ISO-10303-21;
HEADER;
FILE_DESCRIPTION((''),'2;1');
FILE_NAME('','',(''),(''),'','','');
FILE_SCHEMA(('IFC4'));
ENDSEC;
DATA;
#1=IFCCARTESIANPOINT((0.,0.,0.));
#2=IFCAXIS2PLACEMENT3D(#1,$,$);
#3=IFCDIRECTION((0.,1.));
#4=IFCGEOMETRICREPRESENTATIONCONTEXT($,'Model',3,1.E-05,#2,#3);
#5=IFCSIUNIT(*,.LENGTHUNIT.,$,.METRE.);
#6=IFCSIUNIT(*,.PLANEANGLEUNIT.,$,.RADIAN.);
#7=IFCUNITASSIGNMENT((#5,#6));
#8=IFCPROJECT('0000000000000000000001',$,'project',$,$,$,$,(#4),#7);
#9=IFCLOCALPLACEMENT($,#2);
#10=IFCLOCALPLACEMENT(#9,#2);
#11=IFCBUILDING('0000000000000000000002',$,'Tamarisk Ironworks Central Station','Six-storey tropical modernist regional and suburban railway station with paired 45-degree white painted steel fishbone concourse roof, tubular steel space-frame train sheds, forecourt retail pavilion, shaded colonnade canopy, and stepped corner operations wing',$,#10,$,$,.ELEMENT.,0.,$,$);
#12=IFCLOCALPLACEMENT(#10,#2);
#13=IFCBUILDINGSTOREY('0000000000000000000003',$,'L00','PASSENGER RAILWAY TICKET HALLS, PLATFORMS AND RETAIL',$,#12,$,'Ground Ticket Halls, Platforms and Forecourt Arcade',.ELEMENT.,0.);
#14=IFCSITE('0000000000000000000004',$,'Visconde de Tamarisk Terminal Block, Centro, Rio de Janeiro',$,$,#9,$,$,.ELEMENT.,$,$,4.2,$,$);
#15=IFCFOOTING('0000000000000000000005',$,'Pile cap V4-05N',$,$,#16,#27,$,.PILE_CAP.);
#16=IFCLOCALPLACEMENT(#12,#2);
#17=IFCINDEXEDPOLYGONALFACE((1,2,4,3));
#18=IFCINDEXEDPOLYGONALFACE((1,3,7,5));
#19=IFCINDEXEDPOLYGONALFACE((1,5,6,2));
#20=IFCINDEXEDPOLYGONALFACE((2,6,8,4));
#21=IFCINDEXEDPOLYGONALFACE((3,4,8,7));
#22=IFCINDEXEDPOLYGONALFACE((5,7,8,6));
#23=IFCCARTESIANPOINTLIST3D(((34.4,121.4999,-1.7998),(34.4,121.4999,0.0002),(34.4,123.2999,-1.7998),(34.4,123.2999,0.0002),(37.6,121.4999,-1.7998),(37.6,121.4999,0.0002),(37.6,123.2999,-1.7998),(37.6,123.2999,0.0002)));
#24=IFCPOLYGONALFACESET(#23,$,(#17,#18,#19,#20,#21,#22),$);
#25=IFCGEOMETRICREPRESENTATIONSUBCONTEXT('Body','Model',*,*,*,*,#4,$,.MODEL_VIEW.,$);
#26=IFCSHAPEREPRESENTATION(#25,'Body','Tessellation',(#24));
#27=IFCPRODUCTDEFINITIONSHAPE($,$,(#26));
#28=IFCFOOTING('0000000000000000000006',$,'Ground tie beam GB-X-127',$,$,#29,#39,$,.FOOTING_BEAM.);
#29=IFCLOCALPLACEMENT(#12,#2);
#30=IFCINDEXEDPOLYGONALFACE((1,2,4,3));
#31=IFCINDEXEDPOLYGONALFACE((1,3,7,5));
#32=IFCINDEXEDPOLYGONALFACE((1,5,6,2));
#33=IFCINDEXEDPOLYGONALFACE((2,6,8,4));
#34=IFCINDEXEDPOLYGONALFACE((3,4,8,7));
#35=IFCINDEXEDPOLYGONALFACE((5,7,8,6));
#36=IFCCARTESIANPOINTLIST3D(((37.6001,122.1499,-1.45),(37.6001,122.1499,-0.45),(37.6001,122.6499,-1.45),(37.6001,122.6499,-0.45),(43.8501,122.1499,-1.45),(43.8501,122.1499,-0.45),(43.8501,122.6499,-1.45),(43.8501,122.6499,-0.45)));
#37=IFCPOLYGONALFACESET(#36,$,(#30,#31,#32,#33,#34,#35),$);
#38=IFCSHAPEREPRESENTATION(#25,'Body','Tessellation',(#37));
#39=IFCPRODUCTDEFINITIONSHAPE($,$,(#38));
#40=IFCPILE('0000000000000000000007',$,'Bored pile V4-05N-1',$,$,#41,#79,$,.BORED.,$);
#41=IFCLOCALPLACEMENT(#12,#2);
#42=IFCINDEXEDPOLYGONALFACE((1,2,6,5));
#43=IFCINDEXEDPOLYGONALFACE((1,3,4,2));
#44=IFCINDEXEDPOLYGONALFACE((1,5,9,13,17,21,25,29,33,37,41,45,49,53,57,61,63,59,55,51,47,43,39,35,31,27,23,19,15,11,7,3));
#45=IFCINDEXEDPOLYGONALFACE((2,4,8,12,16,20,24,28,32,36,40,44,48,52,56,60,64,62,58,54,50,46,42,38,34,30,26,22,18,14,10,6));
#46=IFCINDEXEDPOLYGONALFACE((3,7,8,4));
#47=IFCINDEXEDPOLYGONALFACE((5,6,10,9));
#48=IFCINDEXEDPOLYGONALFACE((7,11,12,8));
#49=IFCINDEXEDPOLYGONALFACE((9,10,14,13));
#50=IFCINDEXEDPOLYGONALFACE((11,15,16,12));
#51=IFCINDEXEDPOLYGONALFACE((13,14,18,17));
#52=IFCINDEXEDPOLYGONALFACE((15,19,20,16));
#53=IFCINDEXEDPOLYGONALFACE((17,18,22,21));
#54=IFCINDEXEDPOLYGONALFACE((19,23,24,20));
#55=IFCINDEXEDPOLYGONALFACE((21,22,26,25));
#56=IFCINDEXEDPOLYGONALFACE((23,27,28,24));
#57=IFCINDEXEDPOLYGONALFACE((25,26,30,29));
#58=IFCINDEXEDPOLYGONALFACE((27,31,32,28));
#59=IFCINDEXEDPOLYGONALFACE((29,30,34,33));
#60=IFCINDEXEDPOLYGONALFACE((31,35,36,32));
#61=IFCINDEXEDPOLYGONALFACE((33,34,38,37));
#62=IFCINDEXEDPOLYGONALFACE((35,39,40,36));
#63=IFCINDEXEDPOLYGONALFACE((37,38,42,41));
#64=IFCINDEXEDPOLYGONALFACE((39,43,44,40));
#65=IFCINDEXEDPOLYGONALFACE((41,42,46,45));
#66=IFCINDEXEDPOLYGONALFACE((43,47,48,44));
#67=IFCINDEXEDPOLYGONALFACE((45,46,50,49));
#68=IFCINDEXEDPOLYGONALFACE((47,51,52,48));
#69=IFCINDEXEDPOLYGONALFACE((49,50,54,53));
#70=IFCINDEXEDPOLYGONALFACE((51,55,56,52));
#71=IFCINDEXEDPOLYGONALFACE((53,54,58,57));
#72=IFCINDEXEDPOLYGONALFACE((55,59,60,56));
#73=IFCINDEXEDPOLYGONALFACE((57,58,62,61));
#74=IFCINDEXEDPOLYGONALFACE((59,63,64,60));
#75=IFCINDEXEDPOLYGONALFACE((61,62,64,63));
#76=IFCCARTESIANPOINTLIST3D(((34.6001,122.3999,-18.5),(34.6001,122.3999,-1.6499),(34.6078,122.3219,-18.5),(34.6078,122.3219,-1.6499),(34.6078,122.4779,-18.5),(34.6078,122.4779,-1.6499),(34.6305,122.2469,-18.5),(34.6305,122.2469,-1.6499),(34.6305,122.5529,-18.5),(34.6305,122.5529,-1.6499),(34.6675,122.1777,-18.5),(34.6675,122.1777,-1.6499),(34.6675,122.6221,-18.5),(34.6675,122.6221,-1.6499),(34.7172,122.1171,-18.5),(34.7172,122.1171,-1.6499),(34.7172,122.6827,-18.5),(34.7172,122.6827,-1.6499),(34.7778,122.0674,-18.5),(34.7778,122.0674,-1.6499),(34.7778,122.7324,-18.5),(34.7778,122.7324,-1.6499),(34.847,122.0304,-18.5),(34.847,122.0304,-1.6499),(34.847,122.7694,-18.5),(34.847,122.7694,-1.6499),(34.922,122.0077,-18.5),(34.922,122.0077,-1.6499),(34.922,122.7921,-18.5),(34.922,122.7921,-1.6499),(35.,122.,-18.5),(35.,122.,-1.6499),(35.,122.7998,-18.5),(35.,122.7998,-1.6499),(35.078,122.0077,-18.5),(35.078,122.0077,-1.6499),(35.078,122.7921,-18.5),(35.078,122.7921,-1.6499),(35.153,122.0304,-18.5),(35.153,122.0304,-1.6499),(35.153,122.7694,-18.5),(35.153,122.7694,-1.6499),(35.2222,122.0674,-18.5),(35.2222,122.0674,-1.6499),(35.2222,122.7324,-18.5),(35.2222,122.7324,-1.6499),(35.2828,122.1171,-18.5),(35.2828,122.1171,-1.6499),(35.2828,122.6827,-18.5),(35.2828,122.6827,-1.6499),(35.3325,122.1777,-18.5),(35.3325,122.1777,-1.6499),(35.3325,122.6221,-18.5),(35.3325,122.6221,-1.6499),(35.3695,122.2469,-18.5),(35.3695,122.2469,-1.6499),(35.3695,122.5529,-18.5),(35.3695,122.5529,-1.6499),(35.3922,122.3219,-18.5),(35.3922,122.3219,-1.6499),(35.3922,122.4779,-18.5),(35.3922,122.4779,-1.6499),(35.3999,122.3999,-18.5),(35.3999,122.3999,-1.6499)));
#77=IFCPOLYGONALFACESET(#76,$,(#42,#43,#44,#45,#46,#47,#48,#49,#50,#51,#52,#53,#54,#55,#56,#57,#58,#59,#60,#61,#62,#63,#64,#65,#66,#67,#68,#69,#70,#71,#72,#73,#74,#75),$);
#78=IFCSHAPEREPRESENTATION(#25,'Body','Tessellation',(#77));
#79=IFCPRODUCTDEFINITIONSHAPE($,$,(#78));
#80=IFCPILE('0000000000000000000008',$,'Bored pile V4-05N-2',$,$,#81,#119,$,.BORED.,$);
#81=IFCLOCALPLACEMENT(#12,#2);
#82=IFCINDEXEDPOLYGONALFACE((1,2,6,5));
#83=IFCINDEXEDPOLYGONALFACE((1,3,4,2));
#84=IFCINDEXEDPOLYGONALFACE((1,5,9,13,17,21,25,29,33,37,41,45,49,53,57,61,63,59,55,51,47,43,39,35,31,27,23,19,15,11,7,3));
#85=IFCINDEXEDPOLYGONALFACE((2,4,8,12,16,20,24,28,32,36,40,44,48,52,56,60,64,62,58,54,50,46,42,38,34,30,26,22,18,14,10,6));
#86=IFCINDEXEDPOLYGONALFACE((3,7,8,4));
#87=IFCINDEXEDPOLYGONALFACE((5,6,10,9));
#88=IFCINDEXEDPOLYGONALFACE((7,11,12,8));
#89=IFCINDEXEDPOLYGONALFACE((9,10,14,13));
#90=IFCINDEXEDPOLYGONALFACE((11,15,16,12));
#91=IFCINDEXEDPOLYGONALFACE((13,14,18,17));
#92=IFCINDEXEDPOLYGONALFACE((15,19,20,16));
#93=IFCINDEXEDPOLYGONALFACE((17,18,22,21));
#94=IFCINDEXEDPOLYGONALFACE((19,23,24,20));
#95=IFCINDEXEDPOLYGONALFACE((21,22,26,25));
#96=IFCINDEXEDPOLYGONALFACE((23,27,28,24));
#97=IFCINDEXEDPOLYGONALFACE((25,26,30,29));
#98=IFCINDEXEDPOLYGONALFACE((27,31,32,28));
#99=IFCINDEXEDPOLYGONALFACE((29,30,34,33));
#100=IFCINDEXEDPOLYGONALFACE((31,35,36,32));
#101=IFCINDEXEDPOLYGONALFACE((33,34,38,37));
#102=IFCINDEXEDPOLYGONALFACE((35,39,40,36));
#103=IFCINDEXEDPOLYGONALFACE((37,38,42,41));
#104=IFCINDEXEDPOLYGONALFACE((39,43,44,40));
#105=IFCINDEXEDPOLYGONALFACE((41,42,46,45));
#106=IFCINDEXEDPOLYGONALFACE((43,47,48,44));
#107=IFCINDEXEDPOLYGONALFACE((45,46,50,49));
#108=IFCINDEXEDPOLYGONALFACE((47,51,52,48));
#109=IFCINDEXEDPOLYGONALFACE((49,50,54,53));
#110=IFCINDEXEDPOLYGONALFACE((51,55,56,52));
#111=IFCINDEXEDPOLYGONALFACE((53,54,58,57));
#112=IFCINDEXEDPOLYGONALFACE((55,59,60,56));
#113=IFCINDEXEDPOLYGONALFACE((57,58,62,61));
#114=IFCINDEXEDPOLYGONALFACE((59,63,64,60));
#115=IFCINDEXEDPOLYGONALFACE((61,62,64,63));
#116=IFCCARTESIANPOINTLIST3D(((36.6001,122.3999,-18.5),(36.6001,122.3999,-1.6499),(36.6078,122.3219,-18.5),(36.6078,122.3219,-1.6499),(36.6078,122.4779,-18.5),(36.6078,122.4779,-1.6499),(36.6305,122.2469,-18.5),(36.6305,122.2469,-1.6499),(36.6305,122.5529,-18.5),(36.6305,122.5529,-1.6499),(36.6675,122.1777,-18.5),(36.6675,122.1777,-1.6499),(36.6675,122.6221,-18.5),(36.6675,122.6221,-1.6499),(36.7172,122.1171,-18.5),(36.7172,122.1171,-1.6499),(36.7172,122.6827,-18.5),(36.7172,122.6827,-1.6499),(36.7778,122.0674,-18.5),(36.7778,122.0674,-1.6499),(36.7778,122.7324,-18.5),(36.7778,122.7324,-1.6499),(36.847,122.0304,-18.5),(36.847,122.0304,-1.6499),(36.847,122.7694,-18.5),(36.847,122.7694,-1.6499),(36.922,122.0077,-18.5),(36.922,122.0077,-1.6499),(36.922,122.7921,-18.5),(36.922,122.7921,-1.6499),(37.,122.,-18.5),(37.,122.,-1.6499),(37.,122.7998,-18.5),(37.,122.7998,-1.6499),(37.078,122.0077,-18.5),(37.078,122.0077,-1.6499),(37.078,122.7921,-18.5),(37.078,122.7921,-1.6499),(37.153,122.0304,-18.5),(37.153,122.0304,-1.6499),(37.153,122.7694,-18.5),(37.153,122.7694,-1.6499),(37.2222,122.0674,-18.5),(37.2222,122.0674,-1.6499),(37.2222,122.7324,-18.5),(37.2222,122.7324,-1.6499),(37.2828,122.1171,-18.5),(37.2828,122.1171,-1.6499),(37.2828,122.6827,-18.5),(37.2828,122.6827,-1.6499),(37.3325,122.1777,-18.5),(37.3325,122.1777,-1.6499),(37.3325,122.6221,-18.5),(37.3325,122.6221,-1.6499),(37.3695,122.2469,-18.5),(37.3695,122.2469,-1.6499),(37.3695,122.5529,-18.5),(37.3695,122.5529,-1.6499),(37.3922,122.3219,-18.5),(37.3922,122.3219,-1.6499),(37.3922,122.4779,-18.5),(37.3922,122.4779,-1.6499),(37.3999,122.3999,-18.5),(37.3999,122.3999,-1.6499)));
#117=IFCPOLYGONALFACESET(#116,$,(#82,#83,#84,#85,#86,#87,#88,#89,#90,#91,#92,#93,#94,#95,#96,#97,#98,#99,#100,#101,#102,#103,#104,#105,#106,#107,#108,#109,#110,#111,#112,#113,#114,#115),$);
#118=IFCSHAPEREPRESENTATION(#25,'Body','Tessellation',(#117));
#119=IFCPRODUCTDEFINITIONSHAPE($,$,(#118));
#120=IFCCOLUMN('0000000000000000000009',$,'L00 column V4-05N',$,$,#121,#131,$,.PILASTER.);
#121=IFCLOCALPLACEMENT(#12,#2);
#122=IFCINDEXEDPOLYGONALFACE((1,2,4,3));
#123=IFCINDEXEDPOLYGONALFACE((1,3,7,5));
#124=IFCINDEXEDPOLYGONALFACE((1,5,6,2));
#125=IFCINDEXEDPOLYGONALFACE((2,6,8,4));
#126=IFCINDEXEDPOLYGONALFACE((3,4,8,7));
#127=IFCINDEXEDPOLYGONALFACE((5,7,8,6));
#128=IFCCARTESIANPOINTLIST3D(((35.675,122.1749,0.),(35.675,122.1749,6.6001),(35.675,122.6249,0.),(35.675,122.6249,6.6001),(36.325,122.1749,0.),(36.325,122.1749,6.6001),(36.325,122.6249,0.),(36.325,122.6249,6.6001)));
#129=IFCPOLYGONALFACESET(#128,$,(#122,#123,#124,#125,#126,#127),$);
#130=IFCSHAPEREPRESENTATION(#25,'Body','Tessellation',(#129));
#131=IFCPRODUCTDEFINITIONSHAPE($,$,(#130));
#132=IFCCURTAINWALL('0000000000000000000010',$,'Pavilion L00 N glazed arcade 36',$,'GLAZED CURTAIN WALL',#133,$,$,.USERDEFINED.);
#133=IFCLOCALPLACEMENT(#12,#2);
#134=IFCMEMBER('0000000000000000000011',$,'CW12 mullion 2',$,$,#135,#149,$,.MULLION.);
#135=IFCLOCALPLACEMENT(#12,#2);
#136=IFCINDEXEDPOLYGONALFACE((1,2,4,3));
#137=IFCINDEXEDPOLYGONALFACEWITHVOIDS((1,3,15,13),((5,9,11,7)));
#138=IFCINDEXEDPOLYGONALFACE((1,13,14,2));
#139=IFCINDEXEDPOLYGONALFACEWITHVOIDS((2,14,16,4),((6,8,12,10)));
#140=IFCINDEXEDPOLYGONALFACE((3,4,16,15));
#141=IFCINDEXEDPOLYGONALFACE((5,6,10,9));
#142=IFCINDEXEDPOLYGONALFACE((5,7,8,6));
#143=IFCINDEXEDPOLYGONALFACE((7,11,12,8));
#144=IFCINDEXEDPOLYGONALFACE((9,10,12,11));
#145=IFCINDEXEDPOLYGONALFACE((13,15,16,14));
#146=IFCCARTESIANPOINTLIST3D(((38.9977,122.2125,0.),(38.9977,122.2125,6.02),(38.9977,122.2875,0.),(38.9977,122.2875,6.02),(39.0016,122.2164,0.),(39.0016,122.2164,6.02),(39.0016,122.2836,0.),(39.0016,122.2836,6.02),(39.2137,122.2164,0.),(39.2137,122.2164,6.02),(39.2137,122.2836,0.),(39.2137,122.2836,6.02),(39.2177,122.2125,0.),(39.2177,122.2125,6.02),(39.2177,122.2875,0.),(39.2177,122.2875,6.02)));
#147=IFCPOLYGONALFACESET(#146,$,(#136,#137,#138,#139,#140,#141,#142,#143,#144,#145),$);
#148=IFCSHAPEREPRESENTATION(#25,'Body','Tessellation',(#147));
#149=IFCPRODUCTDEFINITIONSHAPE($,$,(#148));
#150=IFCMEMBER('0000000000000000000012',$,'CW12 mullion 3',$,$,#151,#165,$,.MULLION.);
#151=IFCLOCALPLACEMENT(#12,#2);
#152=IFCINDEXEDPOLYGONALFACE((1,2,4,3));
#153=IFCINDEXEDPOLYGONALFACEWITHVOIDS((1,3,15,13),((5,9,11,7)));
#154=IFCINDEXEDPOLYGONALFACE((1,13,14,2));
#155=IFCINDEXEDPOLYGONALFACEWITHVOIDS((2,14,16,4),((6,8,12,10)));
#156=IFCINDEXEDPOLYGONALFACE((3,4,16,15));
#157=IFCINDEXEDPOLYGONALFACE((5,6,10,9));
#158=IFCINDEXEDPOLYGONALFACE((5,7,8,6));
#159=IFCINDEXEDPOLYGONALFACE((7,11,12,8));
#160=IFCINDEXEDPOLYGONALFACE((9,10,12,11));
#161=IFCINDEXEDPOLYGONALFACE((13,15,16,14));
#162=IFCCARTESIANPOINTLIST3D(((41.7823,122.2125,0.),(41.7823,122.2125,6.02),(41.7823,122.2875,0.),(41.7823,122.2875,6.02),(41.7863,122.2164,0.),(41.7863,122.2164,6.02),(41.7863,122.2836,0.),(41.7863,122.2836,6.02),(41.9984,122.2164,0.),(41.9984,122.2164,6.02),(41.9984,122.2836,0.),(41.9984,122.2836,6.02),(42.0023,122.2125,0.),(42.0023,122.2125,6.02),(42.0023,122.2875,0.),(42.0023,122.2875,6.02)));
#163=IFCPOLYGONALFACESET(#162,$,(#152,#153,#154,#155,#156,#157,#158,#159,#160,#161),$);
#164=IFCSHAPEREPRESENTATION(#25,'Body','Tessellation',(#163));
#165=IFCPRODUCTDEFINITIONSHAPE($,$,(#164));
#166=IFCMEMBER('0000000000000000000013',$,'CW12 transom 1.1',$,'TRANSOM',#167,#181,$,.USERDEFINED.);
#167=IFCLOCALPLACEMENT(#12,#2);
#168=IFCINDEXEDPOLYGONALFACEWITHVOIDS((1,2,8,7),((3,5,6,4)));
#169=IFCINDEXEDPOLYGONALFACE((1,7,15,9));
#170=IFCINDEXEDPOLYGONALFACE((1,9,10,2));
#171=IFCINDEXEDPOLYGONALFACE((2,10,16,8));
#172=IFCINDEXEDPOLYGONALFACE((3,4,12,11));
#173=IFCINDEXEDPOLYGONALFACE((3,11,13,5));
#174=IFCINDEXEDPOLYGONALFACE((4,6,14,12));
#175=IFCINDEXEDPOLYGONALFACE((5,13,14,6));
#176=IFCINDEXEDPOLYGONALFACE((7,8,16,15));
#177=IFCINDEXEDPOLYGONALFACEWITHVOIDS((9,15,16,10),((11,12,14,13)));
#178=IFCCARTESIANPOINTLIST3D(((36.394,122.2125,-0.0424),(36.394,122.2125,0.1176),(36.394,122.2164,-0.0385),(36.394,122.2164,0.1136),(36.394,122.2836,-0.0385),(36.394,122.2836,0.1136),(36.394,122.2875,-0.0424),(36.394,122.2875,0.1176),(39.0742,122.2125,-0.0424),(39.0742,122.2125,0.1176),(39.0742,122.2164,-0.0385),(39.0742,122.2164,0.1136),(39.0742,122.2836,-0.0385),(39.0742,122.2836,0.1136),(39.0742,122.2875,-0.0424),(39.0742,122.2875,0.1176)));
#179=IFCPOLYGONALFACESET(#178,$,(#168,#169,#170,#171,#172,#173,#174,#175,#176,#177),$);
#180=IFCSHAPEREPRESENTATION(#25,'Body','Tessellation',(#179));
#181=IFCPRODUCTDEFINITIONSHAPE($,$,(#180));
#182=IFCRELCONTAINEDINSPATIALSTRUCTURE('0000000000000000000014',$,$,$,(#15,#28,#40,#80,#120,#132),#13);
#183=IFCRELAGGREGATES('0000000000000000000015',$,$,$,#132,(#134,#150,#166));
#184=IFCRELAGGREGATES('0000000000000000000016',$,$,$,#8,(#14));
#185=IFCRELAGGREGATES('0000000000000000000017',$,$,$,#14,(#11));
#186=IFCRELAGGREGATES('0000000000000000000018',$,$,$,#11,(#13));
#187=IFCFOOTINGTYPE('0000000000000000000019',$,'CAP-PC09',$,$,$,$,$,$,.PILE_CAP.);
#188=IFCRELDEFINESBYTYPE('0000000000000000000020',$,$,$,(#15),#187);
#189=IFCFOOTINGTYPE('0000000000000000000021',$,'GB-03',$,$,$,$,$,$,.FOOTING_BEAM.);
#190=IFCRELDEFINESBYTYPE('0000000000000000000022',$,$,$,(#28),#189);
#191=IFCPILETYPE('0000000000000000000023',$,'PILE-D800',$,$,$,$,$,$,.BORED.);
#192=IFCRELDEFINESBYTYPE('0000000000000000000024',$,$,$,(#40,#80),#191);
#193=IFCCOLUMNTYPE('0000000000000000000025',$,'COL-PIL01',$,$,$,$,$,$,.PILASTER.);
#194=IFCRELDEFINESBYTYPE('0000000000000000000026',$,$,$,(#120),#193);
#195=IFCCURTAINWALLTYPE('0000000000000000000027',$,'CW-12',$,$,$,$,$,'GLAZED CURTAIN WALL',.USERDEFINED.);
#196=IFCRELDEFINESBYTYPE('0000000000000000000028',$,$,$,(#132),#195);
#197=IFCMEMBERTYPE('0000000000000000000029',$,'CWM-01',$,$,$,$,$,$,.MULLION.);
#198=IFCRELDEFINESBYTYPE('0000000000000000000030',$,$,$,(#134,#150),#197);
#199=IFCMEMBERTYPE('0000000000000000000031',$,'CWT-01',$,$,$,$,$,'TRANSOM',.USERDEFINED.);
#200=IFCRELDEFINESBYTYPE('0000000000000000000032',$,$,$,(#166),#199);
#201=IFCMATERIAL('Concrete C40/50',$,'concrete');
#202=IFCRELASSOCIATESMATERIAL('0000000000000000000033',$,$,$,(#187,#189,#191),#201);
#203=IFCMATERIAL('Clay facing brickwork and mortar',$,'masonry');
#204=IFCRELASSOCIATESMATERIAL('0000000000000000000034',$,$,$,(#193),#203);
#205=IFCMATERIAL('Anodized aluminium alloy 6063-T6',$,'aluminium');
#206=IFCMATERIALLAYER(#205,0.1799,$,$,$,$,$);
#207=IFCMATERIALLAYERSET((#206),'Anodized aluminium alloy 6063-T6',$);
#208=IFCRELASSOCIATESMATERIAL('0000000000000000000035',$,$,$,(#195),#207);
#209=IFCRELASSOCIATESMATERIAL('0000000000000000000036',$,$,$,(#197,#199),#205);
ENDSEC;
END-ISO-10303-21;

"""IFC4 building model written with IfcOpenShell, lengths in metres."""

from ifc_helpers import new_model, si_unit, direction, frame, origin, origin_2d, place, context, subcontext, project, spatial, rectangle, hollow_rectangle, circle, extrude, material, layer, layer_set, material_profile, profile_set, type_object, element, aggregate, save


model = new_model("IFC4")

# Units and contexts
model_context = context("Model", 3, precision=1e-05, world=origin(), true_north=direction((0.0, 1.0)))
body_context = subcontext(model_context, "Body", "Model", "MODEL_VIEW")
ifc_project = project(units=[si_unit("LENGTHUNIT", "METRE"), si_unit("PLANEANGLEUNIT", "RADIAN")], contexts=[model_context])

# Site, building, storey
site_placement = place(None, origin())
site = spatial("IfcSite", under=ifc_project, at=site_placement, Name="Visconde de Tamarisk Terminal Block, Centro, Rio de Janeiro", CompositionType="ELEMENT", RefElevation=4.2)
building_placement = place(site_placement, origin())
building = spatial("IfcBuilding", under=site, at=building_placement, Name="Tamarisk Ironworks Central Station", Description="Six-storey tropical modernist regional and suburban railway station with paired 45-degree white painted steel fishbone concourse roof, tubular steel space-frame train sheds, forecourt retail pavilion, shaded colonnade canopy, and stepped corner operations wing", CompositionType="ELEMENT", ElevationOfRefHeight=0.0)
storey_placement = place(building_placement, origin())
storey = spatial("IfcBuildingStorey", under=building, at=storey_placement, Name="L00", Description="PASSENGER RAILWAY TICKET HALLS, PLATFORMS AND RETAIL", LongName="Ground Ticket Halls, Platforms and Forecourt Arcade", CompositionType="ELEMENT", Elevation=0.0)

# Footings
ifc_material_1 = material(Name="Concrete C40/50", Category="concrete")
footing_type_1 = type_object("IfcFootingType", Name="CAP-PC09", PredefinedType="PILE_CAP", material=ifc_material_1)
footing_1_placement = place(storey_placement, frame((36.0, 122.3999, -1.7998), z_axis=(0.0, 0.0, 1.0), x_axis=(1.0, 0.0, 0.0)))
element("IfcFooting", 1, at=footing_1_placement, inside=storey, type_object=footing_type_1, Name="Pile cap V4-05N", PredefinedType="PILE_CAP", context=body_context, shape_type="SweptSolid", body=[
    extrude(rectangle(XDim=3.2, YDim=1.8, at=origin_2d()), origin(), (0.0, 0.0, 1.0), 1.8),
])
ifc_material_profile_1 = material_profile(ifc_material_1, rectangle(XDim=0.5, YDim=1.0, at=origin_2d()), Name="GB03 500x1000")
ifc_profile_set_1 = profile_set([ifc_material_profile_1], Name="Concrete C40/50")
footing_type_2 = type_object("IfcFootingType", Name="GB-03", PredefinedType="FOOTING_BEAM", material=ifc_profile_set_1)
footing_2_placement = place(storey_placement, frame((37.6001, 122.3999, -0.95), z_axis=(1.0, 0.0, 0.0), x_axis=(0.0, 1.0, 0.0)))
element("IfcFooting", 2, at=footing_2_placement, inside=storey, type_object=footing_type_2, Name="Ground tie beam GB-X-127", PredefinedType="FOOTING_BEAM", context=body_context, shape_type="SweptSolid", body=[
    extrude(rectangle(XDim=0.5, YDim=1.0, at=origin_2d()), origin(), (0.0, 0.0, 1.0), 6.25),
])

# Piles
ifc_material_profile_2 = material_profile(ifc_material_1, circle(Radius=0.3999, at=origin_2d()), Name="BORED PILE D800")
ifc_profile_set_2 = profile_set([ifc_material_profile_2], Name="Concrete C40/50")
pile_type = type_object("IfcPileType", Name="PILE-D800", PredefinedType="BORED", material=ifc_profile_set_2)
for number, where, z_axis, x_axis, name in (
    (3, (35.0, 122.3999, -1.6499), (0.0, 0.0, -1.0), (1.0, 0.0, 0.0), "Bored pile V4-05N-1"),
    (4, (37.0, 122.3999, -1.6499), (0.0, 0.0, -1.0), (1.0, 0.0, 0.0), "Bored pile V4-05N-2"),
):
    element("IfcPile", number, at=place(storey_placement, frame(where, z_axis=z_axis, x_axis=x_axis)), inside=storey, type_object=pile_type, Name=name, PredefinedType="BORED", context=body_context, shape_type="SweptSolid", body=[
        extrude(circle(Radius=0.3999, at=origin_2d()), origin(), (0.0, 0.0, 1.0), 16.8501),
    ])

# Column
ifc_material_2 = material(Name="Clay facing brickwork and mortar", Category="masonry")
ifc_material_profile_3 = material_profile(ifc_material_2, rectangle(XDim=0.6499, YDim=0.45, at=origin_2d()), Name="PIL 650x450")
ifc_profile_set_3 = profile_set([ifc_material_profile_3], Name="Clay facing brickwork and mortar")
column_type = type_object("IfcColumnType", Name="COL-PIL01", PredefinedType="PILASTER", material=ifc_profile_set_3)
column_placement = place(storey_placement, frame((36.0, 122.3999, 0.0), z_axis=(0.0, 0.0, 1.0), x_axis=(1.0, 0.0, 0.0)))
element("IfcColumn", 5, at=column_placement, inside=storey, type_object=column_type, Name="L00 column V4-05N", PredefinedType="PILASTER", context=body_context, shape_type="SweptSolid", body=[
    extrude(rectangle(XDim=0.6499, YDim=0.45, at=origin_2d()), origin(), (0.0, 0.0, 1.0), 6.6001),
])

# Curtain wall, members
ifc_material_3 = material(Name="Anodized aluminium alloy 6063-T6", Category="aluminium")
ifc_layer_1 = layer(ifc_material_3, 0.1799)
ifc_layer_set_1 = layer_set([ifc_layer_1], Name="Anodized aluminium alloy 6063-T6")
curtain_wall_type = type_object("IfcCurtainWallType", Name="CW-12", ElementType="GLAZED CURTAIN WALL", PredefinedType="USERDEFINED", material=ifc_layer_set_1)
curtain_wall_placement = place(storey_placement, origin())
curtain_wall = element("IfcCurtainWall", 6, at=curtain_wall_placement, inside=storey, type_object=curtain_wall_type, Name="Pavilion L00 N glazed arcade 36", ObjectType="GLAZED CURTAIN WALL", PredefinedType="USERDEFINED")
ifc_material_profile_4 = material_profile(ifc_material_3, hollow_rectangle(XDim=0.075, YDim=0.22, WallThickness=0.0039, at=origin_2d()), Name="ALUM 220x75")
ifc_profile_set_4 = profile_set([ifc_material_profile_4], Name="Anodized aluminium alloy 6063-T6")
member_type_1 = type_object("IfcMemberType", Name="CWM-01", PredefinedType="MULLION", material=ifc_profile_set_4)
member_1_placement = place(storey_placement, frame((39.1077, 122.25, 0.0), z_axis=(0.0, 0.0, 1.0), x_axis=(0.0, 1.0, 0.0)))
member_1 = element("IfcMember", 7, at=member_1_placement, type_object=member_type_1, Name="CW12 mullion 2", PredefinedType="MULLION", context=body_context, shape_type="SweptSolid", body=[
    extrude(hollow_rectangle(XDim=0.075, YDim=0.22, WallThickness=0.0039, at=origin_2d()), origin(), (0.0, 0.0, 1.0), 6.02),
])
member_2_placement = place(storey_placement, frame((41.8923, 122.25, 0.0), z_axis=(0.0, 0.0, 1.0), x_axis=(0.0, 1.0, 0.0)))
member_2 = element("IfcMember", 8, at=member_2_placement, type_object=member_type_1, Name="CW12 mullion 3", PredefinedType="MULLION", context=body_context, shape_type="SweptSolid", body=[
    extrude(hollow_rectangle(XDim=0.075, YDim=0.22, WallThickness=0.0039, at=origin_2d()), origin(), (0.0, 0.0, 1.0), 6.02),
])
ifc_material_profile_5 = material_profile(ifc_material_3, hollow_rectangle(XDim=0.075, YDim=0.1599, WallThickness=0.0039, at=origin_2d()), Name="ALUM 160x75")
ifc_profile_set_5 = profile_set([ifc_material_profile_5], Name="Anodized aluminium alloy 6063-T6")
member_type_2 = type_object("IfcMemberType", Name="CWT-01", ElementType="TRANSOM", PredefinedType="USERDEFINED", material=ifc_profile_set_5)
member_3_placement = place(storey_placement, frame((36.394, 122.25, 0.0376), z_axis=(1.0, 0.0, 0.0), x_axis=(0.0, 1.0, 0.0)))
member_3 = element("IfcMember", 9, at=member_3_placement, type_object=member_type_2, Name="CW12 transom 1.1", ObjectType="TRANSOM", PredefinedType="USERDEFINED", context=body_context, shape_type="SweptSolid", body=[
    extrude(hollow_rectangle(XDim=0.075, YDim=0.1599, WallThickness=0.0039, at=origin_2d()), origin(), (0.0, 0.0, 1.0), 2.6802),
])
aggregate(curtain_wall, [member_1, member_2, member_3])

save(model, "model.ifc")
